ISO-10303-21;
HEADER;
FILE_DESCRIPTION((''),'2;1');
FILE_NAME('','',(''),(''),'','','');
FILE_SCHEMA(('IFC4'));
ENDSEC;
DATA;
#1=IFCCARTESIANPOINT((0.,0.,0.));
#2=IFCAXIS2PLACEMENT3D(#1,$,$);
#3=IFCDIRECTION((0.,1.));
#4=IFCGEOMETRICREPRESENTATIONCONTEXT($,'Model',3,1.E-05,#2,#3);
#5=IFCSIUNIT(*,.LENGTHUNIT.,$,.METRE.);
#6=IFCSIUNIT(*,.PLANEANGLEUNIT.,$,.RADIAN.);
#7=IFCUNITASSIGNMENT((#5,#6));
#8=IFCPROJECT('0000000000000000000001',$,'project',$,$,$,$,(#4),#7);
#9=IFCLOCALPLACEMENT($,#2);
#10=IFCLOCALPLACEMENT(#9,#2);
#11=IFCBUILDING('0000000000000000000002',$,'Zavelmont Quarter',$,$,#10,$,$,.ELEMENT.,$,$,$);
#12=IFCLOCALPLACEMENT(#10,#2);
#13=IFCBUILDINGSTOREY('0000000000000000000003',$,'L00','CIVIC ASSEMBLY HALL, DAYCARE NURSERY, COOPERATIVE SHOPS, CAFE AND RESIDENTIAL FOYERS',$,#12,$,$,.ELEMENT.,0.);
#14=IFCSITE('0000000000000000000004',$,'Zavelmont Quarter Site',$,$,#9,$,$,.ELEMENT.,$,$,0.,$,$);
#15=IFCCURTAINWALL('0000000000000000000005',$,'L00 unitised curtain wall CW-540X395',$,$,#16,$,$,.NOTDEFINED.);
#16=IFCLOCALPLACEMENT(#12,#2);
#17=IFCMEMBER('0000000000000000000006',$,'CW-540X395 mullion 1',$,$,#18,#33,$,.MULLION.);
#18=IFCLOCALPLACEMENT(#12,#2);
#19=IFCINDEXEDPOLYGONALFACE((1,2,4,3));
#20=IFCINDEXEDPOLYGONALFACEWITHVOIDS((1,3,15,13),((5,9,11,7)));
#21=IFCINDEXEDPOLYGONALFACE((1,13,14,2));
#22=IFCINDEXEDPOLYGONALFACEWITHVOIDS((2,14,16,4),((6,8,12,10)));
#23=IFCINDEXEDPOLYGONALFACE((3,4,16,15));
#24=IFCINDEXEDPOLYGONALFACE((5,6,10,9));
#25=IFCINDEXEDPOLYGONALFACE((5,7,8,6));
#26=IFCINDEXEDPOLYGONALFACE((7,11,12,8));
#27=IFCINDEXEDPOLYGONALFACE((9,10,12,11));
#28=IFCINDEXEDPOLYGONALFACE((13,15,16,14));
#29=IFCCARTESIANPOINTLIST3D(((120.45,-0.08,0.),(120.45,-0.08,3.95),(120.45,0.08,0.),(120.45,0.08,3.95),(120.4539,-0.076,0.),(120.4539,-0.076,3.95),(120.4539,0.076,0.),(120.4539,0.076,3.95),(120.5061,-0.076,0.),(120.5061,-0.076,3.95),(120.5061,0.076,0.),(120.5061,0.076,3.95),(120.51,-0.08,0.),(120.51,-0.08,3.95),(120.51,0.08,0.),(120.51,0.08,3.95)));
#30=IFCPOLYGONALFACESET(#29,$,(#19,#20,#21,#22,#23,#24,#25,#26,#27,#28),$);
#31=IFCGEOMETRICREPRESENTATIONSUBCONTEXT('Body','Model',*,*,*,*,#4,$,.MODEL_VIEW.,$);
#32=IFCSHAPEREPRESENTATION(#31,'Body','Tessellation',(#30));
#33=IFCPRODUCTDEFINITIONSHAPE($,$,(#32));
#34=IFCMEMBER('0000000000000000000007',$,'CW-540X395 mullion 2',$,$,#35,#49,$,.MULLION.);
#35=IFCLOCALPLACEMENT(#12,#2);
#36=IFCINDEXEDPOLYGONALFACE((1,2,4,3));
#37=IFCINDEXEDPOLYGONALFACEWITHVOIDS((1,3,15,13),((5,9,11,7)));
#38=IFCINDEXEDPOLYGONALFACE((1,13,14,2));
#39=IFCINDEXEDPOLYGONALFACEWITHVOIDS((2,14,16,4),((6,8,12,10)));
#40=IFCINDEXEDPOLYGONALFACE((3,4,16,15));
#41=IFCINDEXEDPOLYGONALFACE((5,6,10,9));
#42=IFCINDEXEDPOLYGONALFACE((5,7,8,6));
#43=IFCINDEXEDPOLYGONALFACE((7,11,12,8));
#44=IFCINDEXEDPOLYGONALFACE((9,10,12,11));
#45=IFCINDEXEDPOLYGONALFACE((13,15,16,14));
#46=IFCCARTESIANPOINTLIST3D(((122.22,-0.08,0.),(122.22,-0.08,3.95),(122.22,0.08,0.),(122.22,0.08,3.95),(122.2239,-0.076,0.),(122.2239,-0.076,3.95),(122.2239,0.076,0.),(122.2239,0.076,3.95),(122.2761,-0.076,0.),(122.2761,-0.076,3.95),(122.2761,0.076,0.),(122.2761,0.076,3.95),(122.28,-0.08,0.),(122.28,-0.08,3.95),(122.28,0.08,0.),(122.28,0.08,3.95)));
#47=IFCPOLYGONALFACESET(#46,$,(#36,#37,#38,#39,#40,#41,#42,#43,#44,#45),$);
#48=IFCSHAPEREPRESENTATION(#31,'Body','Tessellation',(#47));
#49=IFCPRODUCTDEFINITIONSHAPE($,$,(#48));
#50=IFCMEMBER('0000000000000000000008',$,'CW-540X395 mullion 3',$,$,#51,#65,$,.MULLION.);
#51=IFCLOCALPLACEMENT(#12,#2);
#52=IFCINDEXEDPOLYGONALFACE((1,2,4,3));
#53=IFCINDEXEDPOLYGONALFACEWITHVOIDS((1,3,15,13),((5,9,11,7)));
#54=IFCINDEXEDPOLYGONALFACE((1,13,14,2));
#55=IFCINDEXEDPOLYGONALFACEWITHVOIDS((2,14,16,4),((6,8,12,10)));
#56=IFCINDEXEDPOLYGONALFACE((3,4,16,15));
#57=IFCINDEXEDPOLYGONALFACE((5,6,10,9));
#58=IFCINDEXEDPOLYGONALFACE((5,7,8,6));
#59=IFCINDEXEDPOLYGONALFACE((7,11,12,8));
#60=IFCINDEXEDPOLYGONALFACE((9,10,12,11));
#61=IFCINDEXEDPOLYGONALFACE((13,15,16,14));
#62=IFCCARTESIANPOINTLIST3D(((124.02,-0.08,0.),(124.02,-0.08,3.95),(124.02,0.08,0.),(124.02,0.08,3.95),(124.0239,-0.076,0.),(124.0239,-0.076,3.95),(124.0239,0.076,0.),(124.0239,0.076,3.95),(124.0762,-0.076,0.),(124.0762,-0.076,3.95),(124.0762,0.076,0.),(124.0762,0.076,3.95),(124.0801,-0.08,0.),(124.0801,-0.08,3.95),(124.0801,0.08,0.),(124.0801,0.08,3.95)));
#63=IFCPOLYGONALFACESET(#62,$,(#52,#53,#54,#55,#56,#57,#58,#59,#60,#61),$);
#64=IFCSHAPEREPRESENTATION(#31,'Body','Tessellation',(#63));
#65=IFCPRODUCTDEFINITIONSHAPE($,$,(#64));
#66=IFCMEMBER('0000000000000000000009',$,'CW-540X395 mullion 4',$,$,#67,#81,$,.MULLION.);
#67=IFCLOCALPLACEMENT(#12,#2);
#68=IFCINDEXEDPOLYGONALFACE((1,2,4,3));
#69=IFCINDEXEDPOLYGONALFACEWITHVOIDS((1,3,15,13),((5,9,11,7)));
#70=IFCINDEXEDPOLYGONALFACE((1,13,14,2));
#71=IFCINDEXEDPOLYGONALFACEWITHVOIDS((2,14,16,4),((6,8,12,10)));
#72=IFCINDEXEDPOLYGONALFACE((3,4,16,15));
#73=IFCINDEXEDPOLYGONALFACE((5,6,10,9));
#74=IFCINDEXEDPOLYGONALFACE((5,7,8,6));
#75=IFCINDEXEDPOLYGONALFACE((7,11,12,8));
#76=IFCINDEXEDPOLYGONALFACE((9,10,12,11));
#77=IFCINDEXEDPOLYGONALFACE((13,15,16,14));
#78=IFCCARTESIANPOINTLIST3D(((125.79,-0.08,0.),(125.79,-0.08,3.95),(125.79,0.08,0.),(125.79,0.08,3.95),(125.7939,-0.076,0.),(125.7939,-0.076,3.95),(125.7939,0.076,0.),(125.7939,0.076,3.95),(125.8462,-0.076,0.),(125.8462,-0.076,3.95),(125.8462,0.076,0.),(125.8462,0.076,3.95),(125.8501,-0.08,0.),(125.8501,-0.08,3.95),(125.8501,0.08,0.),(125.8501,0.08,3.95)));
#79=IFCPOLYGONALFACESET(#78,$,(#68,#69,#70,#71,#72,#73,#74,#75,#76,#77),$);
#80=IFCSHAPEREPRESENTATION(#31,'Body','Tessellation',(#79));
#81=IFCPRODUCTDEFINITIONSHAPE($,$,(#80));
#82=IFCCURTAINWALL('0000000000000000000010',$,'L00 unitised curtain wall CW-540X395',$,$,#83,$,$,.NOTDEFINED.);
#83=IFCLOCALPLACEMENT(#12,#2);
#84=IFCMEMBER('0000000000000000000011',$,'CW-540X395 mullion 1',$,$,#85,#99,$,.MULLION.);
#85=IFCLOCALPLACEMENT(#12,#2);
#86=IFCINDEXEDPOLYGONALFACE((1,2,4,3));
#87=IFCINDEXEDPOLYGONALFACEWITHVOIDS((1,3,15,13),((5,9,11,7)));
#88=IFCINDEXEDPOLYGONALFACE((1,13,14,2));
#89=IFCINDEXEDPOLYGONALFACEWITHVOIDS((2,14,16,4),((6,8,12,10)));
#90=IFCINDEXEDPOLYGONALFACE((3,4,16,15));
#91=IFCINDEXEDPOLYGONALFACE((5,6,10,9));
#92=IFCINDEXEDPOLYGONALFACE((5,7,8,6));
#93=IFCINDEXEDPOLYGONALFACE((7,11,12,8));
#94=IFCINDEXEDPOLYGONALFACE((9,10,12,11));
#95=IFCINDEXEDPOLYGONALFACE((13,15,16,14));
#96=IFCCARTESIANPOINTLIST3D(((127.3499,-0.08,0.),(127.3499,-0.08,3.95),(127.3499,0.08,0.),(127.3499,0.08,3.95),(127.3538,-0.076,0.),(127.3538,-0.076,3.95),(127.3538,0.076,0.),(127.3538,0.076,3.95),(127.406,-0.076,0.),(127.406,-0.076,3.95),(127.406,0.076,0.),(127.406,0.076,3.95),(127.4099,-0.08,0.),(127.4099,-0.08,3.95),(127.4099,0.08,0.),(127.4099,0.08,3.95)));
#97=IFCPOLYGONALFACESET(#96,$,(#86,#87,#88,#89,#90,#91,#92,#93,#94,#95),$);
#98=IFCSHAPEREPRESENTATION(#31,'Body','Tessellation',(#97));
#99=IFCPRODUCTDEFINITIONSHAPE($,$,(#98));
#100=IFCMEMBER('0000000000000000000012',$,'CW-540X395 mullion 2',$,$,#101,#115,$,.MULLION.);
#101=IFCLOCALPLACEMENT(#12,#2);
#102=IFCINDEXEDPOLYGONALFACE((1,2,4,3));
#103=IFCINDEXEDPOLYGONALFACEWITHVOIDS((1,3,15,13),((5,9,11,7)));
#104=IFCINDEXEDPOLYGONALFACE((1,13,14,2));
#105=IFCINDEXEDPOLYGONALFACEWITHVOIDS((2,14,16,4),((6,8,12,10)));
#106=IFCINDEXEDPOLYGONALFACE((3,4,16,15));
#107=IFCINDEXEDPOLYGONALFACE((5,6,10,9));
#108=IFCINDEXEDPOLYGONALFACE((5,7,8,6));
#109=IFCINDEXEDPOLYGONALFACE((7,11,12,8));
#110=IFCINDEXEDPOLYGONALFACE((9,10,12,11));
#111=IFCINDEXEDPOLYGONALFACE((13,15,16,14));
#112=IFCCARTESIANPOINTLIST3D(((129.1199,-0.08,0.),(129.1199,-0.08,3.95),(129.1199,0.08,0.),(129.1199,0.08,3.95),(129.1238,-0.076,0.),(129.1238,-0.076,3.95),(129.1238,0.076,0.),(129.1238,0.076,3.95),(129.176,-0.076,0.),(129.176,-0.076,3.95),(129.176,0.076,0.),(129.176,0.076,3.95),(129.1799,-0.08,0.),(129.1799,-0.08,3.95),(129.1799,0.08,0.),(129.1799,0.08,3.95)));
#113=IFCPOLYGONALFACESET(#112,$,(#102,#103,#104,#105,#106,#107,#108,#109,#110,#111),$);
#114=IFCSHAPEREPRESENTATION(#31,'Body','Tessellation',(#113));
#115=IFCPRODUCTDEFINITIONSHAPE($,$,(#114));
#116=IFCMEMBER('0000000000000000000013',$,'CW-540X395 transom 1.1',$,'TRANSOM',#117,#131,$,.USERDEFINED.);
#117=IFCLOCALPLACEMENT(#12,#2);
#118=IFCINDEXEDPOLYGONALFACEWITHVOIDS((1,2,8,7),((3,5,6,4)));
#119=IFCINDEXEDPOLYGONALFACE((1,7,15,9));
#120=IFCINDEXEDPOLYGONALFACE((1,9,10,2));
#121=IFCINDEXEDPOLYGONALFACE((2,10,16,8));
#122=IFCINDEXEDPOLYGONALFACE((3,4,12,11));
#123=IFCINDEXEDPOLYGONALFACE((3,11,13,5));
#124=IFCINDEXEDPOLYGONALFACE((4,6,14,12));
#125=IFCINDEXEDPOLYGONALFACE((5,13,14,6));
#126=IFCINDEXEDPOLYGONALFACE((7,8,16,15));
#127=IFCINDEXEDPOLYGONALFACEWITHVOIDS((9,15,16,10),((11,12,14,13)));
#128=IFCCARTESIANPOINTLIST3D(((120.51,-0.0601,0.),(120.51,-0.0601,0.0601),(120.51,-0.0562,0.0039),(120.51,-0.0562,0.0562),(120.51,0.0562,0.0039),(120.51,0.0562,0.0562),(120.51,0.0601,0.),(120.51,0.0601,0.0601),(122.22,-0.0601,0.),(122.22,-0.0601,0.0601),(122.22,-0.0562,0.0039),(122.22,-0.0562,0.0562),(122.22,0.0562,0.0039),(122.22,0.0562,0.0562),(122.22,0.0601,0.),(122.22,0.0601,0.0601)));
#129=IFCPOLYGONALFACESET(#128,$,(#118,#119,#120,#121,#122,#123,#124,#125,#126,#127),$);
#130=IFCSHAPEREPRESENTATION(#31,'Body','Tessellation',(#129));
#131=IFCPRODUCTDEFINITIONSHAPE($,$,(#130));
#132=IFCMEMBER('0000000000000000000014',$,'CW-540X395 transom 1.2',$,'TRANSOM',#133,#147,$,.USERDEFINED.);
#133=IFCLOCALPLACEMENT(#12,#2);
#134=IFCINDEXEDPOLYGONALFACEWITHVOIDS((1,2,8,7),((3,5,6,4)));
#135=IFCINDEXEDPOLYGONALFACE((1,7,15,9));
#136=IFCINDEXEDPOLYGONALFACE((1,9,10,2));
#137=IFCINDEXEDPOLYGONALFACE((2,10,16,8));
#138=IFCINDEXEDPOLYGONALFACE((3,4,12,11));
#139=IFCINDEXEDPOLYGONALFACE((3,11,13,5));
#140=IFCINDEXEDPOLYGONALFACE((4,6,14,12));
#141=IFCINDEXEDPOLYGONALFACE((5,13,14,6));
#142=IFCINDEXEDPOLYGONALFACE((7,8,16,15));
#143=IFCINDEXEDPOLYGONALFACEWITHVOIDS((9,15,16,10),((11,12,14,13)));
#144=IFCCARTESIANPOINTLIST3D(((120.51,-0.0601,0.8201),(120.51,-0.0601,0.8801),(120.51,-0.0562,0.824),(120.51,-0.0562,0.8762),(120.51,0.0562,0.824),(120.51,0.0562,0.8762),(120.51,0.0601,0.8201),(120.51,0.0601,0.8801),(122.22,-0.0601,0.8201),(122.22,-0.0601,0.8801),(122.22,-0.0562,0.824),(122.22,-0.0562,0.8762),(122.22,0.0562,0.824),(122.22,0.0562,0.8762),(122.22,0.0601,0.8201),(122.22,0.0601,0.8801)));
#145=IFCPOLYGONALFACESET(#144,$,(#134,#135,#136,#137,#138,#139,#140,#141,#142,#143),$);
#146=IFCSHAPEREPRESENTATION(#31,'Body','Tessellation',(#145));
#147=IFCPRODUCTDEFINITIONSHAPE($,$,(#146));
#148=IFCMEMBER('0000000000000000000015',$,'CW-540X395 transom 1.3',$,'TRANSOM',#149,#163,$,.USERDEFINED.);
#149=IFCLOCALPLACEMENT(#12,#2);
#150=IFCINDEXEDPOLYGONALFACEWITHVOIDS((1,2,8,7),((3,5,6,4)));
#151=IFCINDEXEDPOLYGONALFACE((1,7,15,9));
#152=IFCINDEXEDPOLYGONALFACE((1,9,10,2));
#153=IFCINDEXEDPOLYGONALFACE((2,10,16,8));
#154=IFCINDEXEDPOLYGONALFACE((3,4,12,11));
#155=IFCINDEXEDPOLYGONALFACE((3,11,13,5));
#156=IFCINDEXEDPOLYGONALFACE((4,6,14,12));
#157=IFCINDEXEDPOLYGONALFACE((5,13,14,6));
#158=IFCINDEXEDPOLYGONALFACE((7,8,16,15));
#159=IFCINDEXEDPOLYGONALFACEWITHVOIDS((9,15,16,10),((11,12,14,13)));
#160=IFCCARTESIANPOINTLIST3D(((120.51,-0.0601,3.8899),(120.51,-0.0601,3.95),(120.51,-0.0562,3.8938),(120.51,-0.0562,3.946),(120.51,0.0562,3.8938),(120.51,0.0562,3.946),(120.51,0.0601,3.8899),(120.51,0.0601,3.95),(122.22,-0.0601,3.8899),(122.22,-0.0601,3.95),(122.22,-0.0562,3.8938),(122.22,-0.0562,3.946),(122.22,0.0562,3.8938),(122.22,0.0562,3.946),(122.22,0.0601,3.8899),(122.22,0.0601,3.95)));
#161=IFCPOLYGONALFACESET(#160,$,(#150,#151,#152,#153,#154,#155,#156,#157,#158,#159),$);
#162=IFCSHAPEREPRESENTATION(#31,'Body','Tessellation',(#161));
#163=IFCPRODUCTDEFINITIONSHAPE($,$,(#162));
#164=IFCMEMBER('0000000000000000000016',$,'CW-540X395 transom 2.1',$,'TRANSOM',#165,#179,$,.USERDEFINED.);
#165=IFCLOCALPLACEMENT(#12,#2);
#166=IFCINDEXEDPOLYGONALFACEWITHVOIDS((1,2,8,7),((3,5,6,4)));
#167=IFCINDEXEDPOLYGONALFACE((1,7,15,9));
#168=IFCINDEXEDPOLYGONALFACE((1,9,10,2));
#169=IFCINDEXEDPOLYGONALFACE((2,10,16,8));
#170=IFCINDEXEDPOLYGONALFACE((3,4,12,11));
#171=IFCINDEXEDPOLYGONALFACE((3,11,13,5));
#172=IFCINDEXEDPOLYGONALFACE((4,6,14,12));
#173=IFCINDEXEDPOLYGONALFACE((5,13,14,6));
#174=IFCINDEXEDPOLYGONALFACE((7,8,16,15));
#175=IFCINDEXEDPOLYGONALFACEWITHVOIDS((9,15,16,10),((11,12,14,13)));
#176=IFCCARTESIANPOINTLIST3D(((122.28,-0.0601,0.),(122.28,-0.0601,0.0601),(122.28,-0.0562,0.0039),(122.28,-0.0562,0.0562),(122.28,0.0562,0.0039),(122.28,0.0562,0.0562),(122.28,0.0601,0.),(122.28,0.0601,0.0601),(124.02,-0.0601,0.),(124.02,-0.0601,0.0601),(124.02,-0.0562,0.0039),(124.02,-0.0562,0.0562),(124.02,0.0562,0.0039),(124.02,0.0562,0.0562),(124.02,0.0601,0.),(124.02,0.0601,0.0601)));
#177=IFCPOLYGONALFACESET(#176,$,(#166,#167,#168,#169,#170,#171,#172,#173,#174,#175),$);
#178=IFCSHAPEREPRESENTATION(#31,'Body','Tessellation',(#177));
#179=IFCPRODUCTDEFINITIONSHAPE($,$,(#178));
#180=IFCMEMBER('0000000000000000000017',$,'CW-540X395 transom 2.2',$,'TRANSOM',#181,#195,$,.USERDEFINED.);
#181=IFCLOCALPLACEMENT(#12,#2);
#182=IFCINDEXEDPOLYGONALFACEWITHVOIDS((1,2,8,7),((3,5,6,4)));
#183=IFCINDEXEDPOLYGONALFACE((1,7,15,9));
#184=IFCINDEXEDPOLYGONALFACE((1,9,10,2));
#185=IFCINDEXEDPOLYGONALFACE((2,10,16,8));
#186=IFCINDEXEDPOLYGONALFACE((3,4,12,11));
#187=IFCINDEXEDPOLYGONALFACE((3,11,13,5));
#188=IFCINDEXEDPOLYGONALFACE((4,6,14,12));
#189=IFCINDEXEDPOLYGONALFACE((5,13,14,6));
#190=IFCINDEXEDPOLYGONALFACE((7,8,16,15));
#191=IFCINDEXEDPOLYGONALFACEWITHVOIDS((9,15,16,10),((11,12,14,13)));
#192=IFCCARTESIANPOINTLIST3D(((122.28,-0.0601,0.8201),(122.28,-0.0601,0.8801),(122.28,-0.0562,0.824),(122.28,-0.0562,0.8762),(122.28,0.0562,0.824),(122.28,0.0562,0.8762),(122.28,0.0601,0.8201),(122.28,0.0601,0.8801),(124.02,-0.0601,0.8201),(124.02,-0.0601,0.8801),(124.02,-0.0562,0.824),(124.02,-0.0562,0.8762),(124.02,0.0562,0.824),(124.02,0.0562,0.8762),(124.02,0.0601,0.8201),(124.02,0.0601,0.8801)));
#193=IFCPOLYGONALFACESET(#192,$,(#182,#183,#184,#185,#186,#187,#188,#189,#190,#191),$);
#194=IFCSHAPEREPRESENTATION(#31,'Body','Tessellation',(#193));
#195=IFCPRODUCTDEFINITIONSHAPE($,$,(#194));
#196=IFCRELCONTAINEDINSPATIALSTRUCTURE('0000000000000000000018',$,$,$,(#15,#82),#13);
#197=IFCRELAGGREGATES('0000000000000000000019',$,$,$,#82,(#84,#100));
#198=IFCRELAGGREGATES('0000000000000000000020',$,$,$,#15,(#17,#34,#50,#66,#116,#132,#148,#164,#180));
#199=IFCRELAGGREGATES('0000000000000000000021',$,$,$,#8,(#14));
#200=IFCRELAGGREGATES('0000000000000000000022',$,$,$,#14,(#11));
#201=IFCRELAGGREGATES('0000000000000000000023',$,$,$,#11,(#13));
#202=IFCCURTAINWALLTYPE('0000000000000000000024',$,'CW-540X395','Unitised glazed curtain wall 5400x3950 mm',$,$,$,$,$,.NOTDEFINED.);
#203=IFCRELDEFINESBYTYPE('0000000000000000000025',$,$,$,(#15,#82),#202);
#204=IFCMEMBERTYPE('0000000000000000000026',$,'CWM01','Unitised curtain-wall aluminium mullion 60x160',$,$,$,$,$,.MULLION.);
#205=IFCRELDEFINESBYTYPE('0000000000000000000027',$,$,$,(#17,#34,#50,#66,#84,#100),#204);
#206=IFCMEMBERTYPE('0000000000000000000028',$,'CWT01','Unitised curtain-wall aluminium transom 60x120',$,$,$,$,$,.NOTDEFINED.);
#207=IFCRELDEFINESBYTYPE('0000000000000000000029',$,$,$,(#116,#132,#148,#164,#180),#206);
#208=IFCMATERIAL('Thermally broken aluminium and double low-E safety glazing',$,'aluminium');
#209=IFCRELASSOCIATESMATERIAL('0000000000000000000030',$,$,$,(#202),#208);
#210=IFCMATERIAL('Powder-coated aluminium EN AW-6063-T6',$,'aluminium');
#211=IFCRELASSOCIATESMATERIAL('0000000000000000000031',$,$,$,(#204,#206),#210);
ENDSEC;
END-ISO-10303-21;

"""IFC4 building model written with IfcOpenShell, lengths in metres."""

from ifc_helpers import new_model, si_unit, direction, frame, origin, origin_2d, place, context, subcontext, project, spatial, hollow_rectangle, extrude, material, material_profile, profile_set, type_object, element, aggregate, save


model = new_model("IFC4")

# Units and contexts
model_context = context("Model", 3, precision=1e-05, world=origin(), true_north=direction((0.0, 1.0)))
body_context = subcontext(model_context, "Body", "Model", "MODEL_VIEW")
ifc_project = project(units=[si_unit("LENGTHUNIT", "METRE"), si_unit("PLANEANGLEUNIT", "RADIAN")], contexts=[model_context])

# Site, building, storey
site_placement = place(None, origin())
site = spatial("IfcSite", under=ifc_project, at=site_placement, Name="Zavelmont Quarter Site", CompositionType="ELEMENT", RefElevation=0.0)
building_placement = place(site_placement, origin())
building = spatial("IfcBuilding", under=site, at=building_placement, Name="Zavelmont Quarter", CompositionType="ELEMENT")
storey_placement = place(building_placement, origin())
storey = spatial("IfcBuildingStorey", under=building, at=storey_placement, Name="L00", Description="CIVIC ASSEMBLY HALL, DAYCARE NURSERY, COOPERATIVE SHOPS, CAFE AND RESIDENTIAL FOYERS", CompositionType="ELEMENT", Elevation=0.0)

# Curtain walls, members
ifc_material_1 = material(Name="Thermally broken aluminium and double low-E safety glazing", Category="aluminium")
curtain_wall_type = type_object("IfcCurtainWallType", Name="CW-540X395", Description="Unitised glazed curtain wall 5400x3950 mm", PredefinedType="NOTDEFINED", material=ifc_material_1)
curtain_wall_1_placement = place(storey_placement, origin())
curtain_wall_1 = element("IfcCurtainWall", 1, at=curtain_wall_1_placement, inside=storey, type_object=curtain_wall_type, Name="L00 unitised curtain wall CW-540X395", PredefinedType="NOTDEFINED")
ifc_material_2 = material(Name="Powder-coated aluminium EN AW-6063-T6", Category="aluminium")
ifc_material_profile_1 = material_profile(ifc_material_2, hollow_rectangle(XDim=0.0601, YDim=0.1599, WallThickness=0.0039, at=origin_2d()), Name="CWM60X160")
ifc_profile_set_1 = profile_set([ifc_material_profile_1], Name="Powder-coated aluminium EN AW-6063-T6")
member_type_1 = type_object("IfcMemberType", Name="CWM01", Description="Unitised curtain-wall aluminium mullion 60x160", PredefinedType="MULLION", material=ifc_profile_set_1)
member_1_placement = place(storey_placement, frame((120.48, 0.0, 0.0), z_axis=(0.0, 0.0, 1.0), x_axis=(1.0, 0.0, 0.0)))
member_1 = element("IfcMember", 2, at=member_1_placement, type_object=member_type_1, Name="CW-540X395 mullion 1", PredefinedType="MULLION", context=body_context, shape_type="SweptSolid", body=[
    extrude(hollow_rectangle(XDim=0.0601, YDim=0.1599, WallThickness=0.0039, at=origin_2d()), origin(), (0.0, 0.0, 1.0), 3.95),
])
member_2_placement = place(storey_placement, frame((122.25, 0.0, 0.0), z_axis=(0.0, 0.0, 1.0), x_axis=(1.0, 0.0, 0.0)))
member_2 = element("IfcMember", 3, at=member_2_placement, type_object=member_type_1, Name="CW-540X395 mullion 2", PredefinedType="MULLION", context=body_context, shape_type="SweptSolid", body=[
    extrude(hollow_rectangle(XDim=0.0601, YDim=0.1599, WallThickness=0.0039, at=origin_2d()), origin(), (0.0, 0.0, 1.0), 3.95),
])
member_3_placement = place(storey_placement, frame((124.05, 0.0, 0.0), z_axis=(0.0, 0.0, 1.0), x_axis=(1.0, 0.0, 0.0)))
member_3 = element("IfcMember", 4, at=member_3_placement, type_object=member_type_1, Name="CW-540X395 mullion 3", PredefinedType="MULLION", context=body_context, shape_type="SweptSolid", body=[
    extrude(hollow_rectangle(XDim=0.0601, YDim=0.1599, WallThickness=0.0039, at=origin_2d()), origin(), (0.0, 0.0, 1.0), 3.95),
])
member_4_placement = place(storey_placement, frame((125.8201, 0.0, 0.0), z_axis=(0.0, 0.0, 1.0), x_axis=(1.0, 0.0, 0.0)))
member_4 = element("IfcMember", 5, at=member_4_placement, type_object=member_type_1, Name="CW-540X395 mullion 4", PredefinedType="MULLION", context=body_context, shape_type="SweptSolid", body=[
    extrude(hollow_rectangle(XDim=0.0601, YDim=0.1599, WallThickness=0.0039, at=origin_2d()), origin(), (0.0, 0.0, 1.0), 3.95),
])
curtain_wall_2_placement = place(storey_placement, origin())
curtain_wall_2 = element("IfcCurtainWall", 6, at=curtain_wall_2_placement, inside=storey, type_object=curtain_wall_type, Name="L00 unitised curtain wall CW-540X395", PredefinedType="NOTDEFINED")
member_5_placement = place(storey_placement, frame((127.3799, 0.0, 0.0), z_axis=(0.0, 0.0, 1.0), x_axis=(1.0, 0.0, 0.0)))
member_5 = element("IfcMember", 7, at=member_5_placement, type_object=member_type_1, Name="CW-540X395 mullion 1", PredefinedType="MULLION", context=body_context, shape_type="SweptSolid", body=[
    extrude(hollow_rectangle(XDim=0.0601, YDim=0.1599, WallThickness=0.0039, at=origin_2d()), origin(), (0.0, 0.0, 1.0), 3.95),
])
member_6_placement = place(storey_placement, frame((129.1499, 0.0, 0.0), z_axis=(0.0, 0.0, 1.0), x_axis=(1.0, 0.0, 0.0)))
member_6 = element("IfcMember", 8, at=member_6_placement, type_object=member_type_1, Name="CW-540X395 mullion 2", PredefinedType="MULLION", context=body_context, shape_type="SweptSolid", body=[
    extrude(hollow_rectangle(XDim=0.0601, YDim=0.1599, WallThickness=0.0039, at=origin_2d()), origin(), (0.0, 0.0, 1.0), 3.95),
])

# Members
ifc_material_profile_2 = material_profile(ifc_material_2, hollow_rectangle(XDim=0.1201, YDim=0.0601, WallThickness=0.0039, at=origin_2d()), Name="CWT60X120")
ifc_profile_set_2 = profile_set([ifc_material_profile_2], Name="Powder-coated aluminium EN AW-6063-T6")
member_type_2 = type_object("IfcMemberType", Name="CWT01", Description="Unitised curtain-wall aluminium transom 60x120", PredefinedType="NOTDEFINED", material=ifc_profile_set_2)
member_7_placement = place(storey_placement, frame((120.51, 0.0, 0.03), z_axis=(1.0, 0.0, 0.0), x_axis=(0.0, 1.0, 0.0)))
member_7 = element("IfcMember", 9, at=member_7_placement, type_object=member_type_2, Name="CW-540X395 transom 1.1", ObjectType="TRANSOM", PredefinedType="USERDEFINED", context=body_context, shape_type="SweptSolid", body=[
    extrude(hollow_rectangle(XDim=0.1201, YDim=0.0601, WallThickness=0.0039, at=origin_2d()), origin(), (0.0, 0.0, 1.0), 1.71),
])
member_8_placement = place(storey_placement, frame((120.51, 0.0, 0.8501), z_axis=(1.0, 0.0, 0.0), x_axis=(0.0, 1.0, 0.0)))
member_8 = element("IfcMember", 10, at=member_8_placement, type_object=member_type_2, Name="CW-540X395 transom 1.2", ObjectType="TRANSOM", PredefinedType="USERDEFINED", context=body_context, shape_type="SweptSolid", body=[
    extrude(hollow_rectangle(XDim=0.1201, YDim=0.0601, WallThickness=0.0039, at=origin_2d()), origin(), (0.0, 0.0, 1.0), 1.71),
])
member_9_placement = place(storey_placement, frame((120.51, 0.0, 3.9199), z_axis=(1.0, 0.0, 0.0), x_axis=(0.0, 1.0, 0.0)))
member_9 = element("IfcMember", 11, at=member_9_placement, type_object=member_type_2, Name="CW-540X395 transom 1.3", ObjectType="TRANSOM", PredefinedType="USERDEFINED", context=body_context, shape_type="SweptSolid", body=[
    extrude(hollow_rectangle(XDim=0.1201, YDim=0.0601, WallThickness=0.0039, at=origin_2d()), origin(), (0.0, 0.0, 1.0), 1.71),
])
member_10_placement = place(storey_placement, frame((122.28, 0.0, 0.03), z_axis=(1.0, 0.0, 0.0), x_axis=(0.0, 1.0, 0.0)))
member_10 = element("IfcMember", 12, at=member_10_placement, type_object=member_type_2, Name="CW-540X395 transom 2.1", ObjectType="TRANSOM", PredefinedType="USERDEFINED", context=body_context, shape_type="SweptSolid", body=[
    extrude(hollow_rectangle(XDim=0.1201, YDim=0.0601, WallThickness=0.0039, at=origin_2d()), origin(), (0.0, 0.0, 1.0), 1.74),
])
member_11_placement = place(storey_placement, frame((122.28, 0.0, 0.8501), z_axis=(1.0, 0.0, 0.0), x_axis=(0.0, 1.0, 0.0)))
member_11 = element("IfcMember", 13, at=member_11_placement, type_object=member_type_2, Name="CW-540X395 transom 2.2", ObjectType="TRANSOM", PredefinedType="USERDEFINED", context=body_context, shape_type="SweptSolid", body=[
    extrude(hollow_rectangle(XDim=0.1201, YDim=0.0601, WallThickness=0.0039, at=origin_2d()), origin(), (0.0, 0.0, 1.0), 1.74),
])

aggregate(curtain_wall_2, [member_5, member_6])
aggregate(curtain_wall_1, [member_1, member_2, member_3, member_4, member_7, member_8, member_9, member_10, member_11])

save(model, "model.ifc")
